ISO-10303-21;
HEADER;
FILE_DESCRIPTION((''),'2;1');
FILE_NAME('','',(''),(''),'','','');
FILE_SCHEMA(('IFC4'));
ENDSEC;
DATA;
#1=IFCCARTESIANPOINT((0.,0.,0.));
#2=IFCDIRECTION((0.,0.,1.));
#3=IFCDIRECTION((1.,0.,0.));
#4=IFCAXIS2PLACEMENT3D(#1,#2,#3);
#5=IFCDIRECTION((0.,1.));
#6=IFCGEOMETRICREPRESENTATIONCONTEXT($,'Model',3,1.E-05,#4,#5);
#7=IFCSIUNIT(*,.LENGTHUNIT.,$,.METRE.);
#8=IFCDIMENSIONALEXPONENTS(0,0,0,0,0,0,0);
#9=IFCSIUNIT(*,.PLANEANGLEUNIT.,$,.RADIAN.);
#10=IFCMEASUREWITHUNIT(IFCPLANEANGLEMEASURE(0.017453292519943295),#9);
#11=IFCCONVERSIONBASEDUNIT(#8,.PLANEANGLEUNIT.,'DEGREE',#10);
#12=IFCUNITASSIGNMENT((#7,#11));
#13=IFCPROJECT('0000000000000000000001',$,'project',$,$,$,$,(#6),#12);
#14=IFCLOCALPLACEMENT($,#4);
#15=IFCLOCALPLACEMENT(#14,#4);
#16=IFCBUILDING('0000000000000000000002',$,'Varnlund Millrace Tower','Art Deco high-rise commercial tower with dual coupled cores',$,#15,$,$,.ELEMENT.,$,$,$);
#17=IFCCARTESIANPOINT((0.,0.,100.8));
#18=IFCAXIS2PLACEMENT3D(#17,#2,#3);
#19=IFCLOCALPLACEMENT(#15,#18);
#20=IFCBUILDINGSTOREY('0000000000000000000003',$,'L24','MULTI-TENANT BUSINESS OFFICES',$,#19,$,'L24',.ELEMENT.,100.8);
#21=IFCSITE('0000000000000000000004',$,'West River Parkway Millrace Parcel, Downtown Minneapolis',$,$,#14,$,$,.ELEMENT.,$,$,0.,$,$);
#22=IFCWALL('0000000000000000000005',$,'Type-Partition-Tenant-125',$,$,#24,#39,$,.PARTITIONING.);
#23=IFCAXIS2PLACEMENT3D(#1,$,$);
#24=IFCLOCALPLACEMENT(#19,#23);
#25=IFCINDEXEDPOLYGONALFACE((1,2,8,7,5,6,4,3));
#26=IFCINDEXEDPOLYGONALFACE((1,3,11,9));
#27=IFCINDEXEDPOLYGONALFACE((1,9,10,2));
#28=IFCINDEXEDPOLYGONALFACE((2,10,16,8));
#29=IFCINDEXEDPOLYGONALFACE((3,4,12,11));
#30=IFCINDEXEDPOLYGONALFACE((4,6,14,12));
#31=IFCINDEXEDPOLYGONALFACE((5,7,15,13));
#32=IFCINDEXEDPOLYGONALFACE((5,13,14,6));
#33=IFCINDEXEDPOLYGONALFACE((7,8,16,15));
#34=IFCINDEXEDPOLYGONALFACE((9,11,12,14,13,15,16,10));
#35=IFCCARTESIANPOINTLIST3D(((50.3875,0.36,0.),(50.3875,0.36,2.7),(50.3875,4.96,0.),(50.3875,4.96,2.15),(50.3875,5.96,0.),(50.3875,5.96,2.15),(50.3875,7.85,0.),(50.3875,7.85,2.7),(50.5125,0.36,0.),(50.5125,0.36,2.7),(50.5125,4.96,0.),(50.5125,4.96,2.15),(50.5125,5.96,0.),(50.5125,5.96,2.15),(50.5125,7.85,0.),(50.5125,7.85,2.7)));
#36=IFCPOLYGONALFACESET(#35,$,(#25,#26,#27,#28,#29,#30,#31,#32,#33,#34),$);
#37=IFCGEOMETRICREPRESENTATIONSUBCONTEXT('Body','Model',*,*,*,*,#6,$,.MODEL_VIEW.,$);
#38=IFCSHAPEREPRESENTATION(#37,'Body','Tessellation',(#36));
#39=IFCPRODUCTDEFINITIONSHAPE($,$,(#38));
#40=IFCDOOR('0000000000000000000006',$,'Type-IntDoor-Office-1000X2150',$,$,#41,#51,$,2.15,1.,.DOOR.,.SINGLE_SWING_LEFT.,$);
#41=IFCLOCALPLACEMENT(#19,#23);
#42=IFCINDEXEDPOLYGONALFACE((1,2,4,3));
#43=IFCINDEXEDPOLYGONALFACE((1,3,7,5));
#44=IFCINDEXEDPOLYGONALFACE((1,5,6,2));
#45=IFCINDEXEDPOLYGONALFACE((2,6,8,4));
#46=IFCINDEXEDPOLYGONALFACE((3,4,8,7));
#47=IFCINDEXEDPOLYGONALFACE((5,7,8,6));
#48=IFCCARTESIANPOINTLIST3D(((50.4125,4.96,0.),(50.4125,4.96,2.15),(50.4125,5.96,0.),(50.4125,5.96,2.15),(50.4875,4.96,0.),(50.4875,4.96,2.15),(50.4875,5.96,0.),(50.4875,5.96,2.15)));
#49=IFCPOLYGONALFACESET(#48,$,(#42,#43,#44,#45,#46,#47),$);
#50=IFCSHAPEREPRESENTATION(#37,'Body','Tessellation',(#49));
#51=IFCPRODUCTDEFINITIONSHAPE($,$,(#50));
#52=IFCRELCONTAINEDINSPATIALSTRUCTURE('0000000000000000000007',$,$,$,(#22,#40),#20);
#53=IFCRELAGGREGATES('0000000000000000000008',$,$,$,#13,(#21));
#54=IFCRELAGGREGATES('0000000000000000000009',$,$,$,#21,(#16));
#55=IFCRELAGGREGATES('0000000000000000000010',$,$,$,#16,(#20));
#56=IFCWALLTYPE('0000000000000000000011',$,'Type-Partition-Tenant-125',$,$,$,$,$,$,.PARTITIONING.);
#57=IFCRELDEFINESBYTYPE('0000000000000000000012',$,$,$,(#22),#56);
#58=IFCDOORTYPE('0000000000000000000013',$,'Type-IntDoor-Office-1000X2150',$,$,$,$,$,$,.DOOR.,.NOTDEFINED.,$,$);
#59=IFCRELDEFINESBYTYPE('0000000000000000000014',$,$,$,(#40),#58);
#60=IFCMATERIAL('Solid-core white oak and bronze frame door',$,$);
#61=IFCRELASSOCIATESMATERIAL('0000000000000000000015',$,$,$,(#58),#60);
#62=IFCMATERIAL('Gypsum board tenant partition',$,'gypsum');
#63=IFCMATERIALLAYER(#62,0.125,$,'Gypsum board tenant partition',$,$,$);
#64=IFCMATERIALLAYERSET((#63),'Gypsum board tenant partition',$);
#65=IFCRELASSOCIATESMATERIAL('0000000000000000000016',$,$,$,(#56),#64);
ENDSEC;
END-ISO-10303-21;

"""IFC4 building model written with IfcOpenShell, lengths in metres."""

from ifc_helpers import new_model, entity, si_unit, converted_unit, direction, frame, origin_with_axes, origin_2d_with_axis, place, context, subcontext, project, spatial, polyline, rectangle, outline, extrude, material, layer, layer_set, type_object, element, fill, save


model = new_model("IFC4")

# Units and contexts
model_context = context("Model", 3, precision=1e-05, world=origin_with_axes(), true_north=direction((0.0, 1.0)))
body_context = subcontext(model_context, "Body", "Model", "MODEL_VIEW")
ifc_project = project(units=[si_unit("LENGTHUNIT", "METRE"), converted_unit("PLANEANGLEUNIT", "DEGREE", entity("IfcPlaneAngleMeasure", 0.017453292519943295), si_unit("PLANEANGLEUNIT", "RADIAN"), dimensions=[0, 0, 0, 0, 0, 0, 0])], contexts=[model_context])

# Site, building, storey
site_placement = place(None, origin_with_axes())
site = spatial("IfcSite", under=ifc_project, at=site_placement, Name="West River Parkway Millrace Parcel, Downtown Minneapolis", CompositionType="ELEMENT", RefElevation=0.0)
building_placement = place(site_placement, origin_with_axes())
building = spatial("IfcBuilding", under=site, at=building_placement, Name="Varnlund Millrace Tower", Description="Art Deco high-rise commercial tower with dual coupled cores", CompositionType="ELEMENT")
storey_placement = place(building_placement, frame((0.0, 0.0, 100.8), z_axis=(0.0, 0.0, 1.0), x_axis=(1.0, 0.0, 0.0)))
storey = spatial("IfcBuildingStorey", under=building, at=storey_placement, Name="L24", Description="MULTI-TENANT BUSINESS OFFICES", LongName="L24", CompositionType="ELEMENT", Elevation=100.8)

# Shared definitions
ifc_material_1 = material(Name="Solid-core white oak and bronze frame door")
door_type = type_object("IfcDoorType", Name="Type-IntDoor-Office-1000X2150", OperationType="NOTDEFINED", PredefinedType="DOOR", material=ifc_material_1)

# Shared definitions
ifc_material_2 = material(Name="Gypsum board tenant partition", Category="gypsum")
ifc_layer_1 = layer(ifc_material_2, 0.125, Name="Gypsum board tenant partition")
ifc_layer_set_1 = layer_set([ifc_layer_1], Name="Gypsum board tenant partition")
wall_type_1 = type_object("IfcWallType", Name="Type-Partition-Tenant-125", PredefinedType="PARTITIONING", material=ifc_layer_set_1)

# Wall, opening, door
wall_1_placement = place(storey_placement, frame((50.45, 0.36, 0.0), z_axis=(0.0, 0.0, 1.0), x_axis=(0.0, 1.0, 0.0)))
wall_1 = element("IfcWall", 1, at=wall_1_placement, inside=storey, type_object=wall_type_1, Name="Type-Partition-Tenant-125", PredefinedType="PARTITIONING", context=body_context, shape_type="SweptSolid", body=[
    extrude(outline(polyline([(0.0, -0.0625), (7.49, -0.0625), (7.49, 0.0625), (0.0, 0.0625), (0.0, -0.0625)])), origin_with_axes(), (0.0, 0.0, 1.0), 2.7),
])
opening_1_placement = place(wall_1_placement, frame((5.1, 0.0, 0.0), z_axis=(0.0, 0.0, 1.0), x_axis=(1.0, 0.0, 0.0)))
opening_1 = element("IfcOpeningElement", 2, at=opening_1_placement, cuts=wall_1, PredefinedType="OPENING", context=body_context, shape_type="SweptSolid", body=[
    extrude(rectangle(XDim=1.0, YDim=0.145, at=origin_2d_with_axis()), origin_with_axes(), (0.0, 0.0, 1.0), 2.15),
])
door_1_placement = place(wall_1_placement, frame((5.1, 0.0, 0.0), z_axis=(0.0, 0.0, 1.0), x_axis=(1.0, 0.0, 0.0)))
door_1 = element("IfcDoor", 3, at=door_1_placement, inside=storey, type_object=door_type, Name="Type-IntDoor-Office-1000X2150", OperationType="SINGLE_SWING_LEFT", OverallHeight=2.15, OverallWidth=1.0, PredefinedType="DOOR", context=body_context, shape_type="SweptSolid", body=[
    extrude(rectangle(XDim=1.0, YDim=0.075, at=origin_2d_with_axis()), origin_with_axes(), (0.0, 0.0, 1.0), 2.15),
])
fill(opening_1, door_1)

save(model, "model.ifc")
